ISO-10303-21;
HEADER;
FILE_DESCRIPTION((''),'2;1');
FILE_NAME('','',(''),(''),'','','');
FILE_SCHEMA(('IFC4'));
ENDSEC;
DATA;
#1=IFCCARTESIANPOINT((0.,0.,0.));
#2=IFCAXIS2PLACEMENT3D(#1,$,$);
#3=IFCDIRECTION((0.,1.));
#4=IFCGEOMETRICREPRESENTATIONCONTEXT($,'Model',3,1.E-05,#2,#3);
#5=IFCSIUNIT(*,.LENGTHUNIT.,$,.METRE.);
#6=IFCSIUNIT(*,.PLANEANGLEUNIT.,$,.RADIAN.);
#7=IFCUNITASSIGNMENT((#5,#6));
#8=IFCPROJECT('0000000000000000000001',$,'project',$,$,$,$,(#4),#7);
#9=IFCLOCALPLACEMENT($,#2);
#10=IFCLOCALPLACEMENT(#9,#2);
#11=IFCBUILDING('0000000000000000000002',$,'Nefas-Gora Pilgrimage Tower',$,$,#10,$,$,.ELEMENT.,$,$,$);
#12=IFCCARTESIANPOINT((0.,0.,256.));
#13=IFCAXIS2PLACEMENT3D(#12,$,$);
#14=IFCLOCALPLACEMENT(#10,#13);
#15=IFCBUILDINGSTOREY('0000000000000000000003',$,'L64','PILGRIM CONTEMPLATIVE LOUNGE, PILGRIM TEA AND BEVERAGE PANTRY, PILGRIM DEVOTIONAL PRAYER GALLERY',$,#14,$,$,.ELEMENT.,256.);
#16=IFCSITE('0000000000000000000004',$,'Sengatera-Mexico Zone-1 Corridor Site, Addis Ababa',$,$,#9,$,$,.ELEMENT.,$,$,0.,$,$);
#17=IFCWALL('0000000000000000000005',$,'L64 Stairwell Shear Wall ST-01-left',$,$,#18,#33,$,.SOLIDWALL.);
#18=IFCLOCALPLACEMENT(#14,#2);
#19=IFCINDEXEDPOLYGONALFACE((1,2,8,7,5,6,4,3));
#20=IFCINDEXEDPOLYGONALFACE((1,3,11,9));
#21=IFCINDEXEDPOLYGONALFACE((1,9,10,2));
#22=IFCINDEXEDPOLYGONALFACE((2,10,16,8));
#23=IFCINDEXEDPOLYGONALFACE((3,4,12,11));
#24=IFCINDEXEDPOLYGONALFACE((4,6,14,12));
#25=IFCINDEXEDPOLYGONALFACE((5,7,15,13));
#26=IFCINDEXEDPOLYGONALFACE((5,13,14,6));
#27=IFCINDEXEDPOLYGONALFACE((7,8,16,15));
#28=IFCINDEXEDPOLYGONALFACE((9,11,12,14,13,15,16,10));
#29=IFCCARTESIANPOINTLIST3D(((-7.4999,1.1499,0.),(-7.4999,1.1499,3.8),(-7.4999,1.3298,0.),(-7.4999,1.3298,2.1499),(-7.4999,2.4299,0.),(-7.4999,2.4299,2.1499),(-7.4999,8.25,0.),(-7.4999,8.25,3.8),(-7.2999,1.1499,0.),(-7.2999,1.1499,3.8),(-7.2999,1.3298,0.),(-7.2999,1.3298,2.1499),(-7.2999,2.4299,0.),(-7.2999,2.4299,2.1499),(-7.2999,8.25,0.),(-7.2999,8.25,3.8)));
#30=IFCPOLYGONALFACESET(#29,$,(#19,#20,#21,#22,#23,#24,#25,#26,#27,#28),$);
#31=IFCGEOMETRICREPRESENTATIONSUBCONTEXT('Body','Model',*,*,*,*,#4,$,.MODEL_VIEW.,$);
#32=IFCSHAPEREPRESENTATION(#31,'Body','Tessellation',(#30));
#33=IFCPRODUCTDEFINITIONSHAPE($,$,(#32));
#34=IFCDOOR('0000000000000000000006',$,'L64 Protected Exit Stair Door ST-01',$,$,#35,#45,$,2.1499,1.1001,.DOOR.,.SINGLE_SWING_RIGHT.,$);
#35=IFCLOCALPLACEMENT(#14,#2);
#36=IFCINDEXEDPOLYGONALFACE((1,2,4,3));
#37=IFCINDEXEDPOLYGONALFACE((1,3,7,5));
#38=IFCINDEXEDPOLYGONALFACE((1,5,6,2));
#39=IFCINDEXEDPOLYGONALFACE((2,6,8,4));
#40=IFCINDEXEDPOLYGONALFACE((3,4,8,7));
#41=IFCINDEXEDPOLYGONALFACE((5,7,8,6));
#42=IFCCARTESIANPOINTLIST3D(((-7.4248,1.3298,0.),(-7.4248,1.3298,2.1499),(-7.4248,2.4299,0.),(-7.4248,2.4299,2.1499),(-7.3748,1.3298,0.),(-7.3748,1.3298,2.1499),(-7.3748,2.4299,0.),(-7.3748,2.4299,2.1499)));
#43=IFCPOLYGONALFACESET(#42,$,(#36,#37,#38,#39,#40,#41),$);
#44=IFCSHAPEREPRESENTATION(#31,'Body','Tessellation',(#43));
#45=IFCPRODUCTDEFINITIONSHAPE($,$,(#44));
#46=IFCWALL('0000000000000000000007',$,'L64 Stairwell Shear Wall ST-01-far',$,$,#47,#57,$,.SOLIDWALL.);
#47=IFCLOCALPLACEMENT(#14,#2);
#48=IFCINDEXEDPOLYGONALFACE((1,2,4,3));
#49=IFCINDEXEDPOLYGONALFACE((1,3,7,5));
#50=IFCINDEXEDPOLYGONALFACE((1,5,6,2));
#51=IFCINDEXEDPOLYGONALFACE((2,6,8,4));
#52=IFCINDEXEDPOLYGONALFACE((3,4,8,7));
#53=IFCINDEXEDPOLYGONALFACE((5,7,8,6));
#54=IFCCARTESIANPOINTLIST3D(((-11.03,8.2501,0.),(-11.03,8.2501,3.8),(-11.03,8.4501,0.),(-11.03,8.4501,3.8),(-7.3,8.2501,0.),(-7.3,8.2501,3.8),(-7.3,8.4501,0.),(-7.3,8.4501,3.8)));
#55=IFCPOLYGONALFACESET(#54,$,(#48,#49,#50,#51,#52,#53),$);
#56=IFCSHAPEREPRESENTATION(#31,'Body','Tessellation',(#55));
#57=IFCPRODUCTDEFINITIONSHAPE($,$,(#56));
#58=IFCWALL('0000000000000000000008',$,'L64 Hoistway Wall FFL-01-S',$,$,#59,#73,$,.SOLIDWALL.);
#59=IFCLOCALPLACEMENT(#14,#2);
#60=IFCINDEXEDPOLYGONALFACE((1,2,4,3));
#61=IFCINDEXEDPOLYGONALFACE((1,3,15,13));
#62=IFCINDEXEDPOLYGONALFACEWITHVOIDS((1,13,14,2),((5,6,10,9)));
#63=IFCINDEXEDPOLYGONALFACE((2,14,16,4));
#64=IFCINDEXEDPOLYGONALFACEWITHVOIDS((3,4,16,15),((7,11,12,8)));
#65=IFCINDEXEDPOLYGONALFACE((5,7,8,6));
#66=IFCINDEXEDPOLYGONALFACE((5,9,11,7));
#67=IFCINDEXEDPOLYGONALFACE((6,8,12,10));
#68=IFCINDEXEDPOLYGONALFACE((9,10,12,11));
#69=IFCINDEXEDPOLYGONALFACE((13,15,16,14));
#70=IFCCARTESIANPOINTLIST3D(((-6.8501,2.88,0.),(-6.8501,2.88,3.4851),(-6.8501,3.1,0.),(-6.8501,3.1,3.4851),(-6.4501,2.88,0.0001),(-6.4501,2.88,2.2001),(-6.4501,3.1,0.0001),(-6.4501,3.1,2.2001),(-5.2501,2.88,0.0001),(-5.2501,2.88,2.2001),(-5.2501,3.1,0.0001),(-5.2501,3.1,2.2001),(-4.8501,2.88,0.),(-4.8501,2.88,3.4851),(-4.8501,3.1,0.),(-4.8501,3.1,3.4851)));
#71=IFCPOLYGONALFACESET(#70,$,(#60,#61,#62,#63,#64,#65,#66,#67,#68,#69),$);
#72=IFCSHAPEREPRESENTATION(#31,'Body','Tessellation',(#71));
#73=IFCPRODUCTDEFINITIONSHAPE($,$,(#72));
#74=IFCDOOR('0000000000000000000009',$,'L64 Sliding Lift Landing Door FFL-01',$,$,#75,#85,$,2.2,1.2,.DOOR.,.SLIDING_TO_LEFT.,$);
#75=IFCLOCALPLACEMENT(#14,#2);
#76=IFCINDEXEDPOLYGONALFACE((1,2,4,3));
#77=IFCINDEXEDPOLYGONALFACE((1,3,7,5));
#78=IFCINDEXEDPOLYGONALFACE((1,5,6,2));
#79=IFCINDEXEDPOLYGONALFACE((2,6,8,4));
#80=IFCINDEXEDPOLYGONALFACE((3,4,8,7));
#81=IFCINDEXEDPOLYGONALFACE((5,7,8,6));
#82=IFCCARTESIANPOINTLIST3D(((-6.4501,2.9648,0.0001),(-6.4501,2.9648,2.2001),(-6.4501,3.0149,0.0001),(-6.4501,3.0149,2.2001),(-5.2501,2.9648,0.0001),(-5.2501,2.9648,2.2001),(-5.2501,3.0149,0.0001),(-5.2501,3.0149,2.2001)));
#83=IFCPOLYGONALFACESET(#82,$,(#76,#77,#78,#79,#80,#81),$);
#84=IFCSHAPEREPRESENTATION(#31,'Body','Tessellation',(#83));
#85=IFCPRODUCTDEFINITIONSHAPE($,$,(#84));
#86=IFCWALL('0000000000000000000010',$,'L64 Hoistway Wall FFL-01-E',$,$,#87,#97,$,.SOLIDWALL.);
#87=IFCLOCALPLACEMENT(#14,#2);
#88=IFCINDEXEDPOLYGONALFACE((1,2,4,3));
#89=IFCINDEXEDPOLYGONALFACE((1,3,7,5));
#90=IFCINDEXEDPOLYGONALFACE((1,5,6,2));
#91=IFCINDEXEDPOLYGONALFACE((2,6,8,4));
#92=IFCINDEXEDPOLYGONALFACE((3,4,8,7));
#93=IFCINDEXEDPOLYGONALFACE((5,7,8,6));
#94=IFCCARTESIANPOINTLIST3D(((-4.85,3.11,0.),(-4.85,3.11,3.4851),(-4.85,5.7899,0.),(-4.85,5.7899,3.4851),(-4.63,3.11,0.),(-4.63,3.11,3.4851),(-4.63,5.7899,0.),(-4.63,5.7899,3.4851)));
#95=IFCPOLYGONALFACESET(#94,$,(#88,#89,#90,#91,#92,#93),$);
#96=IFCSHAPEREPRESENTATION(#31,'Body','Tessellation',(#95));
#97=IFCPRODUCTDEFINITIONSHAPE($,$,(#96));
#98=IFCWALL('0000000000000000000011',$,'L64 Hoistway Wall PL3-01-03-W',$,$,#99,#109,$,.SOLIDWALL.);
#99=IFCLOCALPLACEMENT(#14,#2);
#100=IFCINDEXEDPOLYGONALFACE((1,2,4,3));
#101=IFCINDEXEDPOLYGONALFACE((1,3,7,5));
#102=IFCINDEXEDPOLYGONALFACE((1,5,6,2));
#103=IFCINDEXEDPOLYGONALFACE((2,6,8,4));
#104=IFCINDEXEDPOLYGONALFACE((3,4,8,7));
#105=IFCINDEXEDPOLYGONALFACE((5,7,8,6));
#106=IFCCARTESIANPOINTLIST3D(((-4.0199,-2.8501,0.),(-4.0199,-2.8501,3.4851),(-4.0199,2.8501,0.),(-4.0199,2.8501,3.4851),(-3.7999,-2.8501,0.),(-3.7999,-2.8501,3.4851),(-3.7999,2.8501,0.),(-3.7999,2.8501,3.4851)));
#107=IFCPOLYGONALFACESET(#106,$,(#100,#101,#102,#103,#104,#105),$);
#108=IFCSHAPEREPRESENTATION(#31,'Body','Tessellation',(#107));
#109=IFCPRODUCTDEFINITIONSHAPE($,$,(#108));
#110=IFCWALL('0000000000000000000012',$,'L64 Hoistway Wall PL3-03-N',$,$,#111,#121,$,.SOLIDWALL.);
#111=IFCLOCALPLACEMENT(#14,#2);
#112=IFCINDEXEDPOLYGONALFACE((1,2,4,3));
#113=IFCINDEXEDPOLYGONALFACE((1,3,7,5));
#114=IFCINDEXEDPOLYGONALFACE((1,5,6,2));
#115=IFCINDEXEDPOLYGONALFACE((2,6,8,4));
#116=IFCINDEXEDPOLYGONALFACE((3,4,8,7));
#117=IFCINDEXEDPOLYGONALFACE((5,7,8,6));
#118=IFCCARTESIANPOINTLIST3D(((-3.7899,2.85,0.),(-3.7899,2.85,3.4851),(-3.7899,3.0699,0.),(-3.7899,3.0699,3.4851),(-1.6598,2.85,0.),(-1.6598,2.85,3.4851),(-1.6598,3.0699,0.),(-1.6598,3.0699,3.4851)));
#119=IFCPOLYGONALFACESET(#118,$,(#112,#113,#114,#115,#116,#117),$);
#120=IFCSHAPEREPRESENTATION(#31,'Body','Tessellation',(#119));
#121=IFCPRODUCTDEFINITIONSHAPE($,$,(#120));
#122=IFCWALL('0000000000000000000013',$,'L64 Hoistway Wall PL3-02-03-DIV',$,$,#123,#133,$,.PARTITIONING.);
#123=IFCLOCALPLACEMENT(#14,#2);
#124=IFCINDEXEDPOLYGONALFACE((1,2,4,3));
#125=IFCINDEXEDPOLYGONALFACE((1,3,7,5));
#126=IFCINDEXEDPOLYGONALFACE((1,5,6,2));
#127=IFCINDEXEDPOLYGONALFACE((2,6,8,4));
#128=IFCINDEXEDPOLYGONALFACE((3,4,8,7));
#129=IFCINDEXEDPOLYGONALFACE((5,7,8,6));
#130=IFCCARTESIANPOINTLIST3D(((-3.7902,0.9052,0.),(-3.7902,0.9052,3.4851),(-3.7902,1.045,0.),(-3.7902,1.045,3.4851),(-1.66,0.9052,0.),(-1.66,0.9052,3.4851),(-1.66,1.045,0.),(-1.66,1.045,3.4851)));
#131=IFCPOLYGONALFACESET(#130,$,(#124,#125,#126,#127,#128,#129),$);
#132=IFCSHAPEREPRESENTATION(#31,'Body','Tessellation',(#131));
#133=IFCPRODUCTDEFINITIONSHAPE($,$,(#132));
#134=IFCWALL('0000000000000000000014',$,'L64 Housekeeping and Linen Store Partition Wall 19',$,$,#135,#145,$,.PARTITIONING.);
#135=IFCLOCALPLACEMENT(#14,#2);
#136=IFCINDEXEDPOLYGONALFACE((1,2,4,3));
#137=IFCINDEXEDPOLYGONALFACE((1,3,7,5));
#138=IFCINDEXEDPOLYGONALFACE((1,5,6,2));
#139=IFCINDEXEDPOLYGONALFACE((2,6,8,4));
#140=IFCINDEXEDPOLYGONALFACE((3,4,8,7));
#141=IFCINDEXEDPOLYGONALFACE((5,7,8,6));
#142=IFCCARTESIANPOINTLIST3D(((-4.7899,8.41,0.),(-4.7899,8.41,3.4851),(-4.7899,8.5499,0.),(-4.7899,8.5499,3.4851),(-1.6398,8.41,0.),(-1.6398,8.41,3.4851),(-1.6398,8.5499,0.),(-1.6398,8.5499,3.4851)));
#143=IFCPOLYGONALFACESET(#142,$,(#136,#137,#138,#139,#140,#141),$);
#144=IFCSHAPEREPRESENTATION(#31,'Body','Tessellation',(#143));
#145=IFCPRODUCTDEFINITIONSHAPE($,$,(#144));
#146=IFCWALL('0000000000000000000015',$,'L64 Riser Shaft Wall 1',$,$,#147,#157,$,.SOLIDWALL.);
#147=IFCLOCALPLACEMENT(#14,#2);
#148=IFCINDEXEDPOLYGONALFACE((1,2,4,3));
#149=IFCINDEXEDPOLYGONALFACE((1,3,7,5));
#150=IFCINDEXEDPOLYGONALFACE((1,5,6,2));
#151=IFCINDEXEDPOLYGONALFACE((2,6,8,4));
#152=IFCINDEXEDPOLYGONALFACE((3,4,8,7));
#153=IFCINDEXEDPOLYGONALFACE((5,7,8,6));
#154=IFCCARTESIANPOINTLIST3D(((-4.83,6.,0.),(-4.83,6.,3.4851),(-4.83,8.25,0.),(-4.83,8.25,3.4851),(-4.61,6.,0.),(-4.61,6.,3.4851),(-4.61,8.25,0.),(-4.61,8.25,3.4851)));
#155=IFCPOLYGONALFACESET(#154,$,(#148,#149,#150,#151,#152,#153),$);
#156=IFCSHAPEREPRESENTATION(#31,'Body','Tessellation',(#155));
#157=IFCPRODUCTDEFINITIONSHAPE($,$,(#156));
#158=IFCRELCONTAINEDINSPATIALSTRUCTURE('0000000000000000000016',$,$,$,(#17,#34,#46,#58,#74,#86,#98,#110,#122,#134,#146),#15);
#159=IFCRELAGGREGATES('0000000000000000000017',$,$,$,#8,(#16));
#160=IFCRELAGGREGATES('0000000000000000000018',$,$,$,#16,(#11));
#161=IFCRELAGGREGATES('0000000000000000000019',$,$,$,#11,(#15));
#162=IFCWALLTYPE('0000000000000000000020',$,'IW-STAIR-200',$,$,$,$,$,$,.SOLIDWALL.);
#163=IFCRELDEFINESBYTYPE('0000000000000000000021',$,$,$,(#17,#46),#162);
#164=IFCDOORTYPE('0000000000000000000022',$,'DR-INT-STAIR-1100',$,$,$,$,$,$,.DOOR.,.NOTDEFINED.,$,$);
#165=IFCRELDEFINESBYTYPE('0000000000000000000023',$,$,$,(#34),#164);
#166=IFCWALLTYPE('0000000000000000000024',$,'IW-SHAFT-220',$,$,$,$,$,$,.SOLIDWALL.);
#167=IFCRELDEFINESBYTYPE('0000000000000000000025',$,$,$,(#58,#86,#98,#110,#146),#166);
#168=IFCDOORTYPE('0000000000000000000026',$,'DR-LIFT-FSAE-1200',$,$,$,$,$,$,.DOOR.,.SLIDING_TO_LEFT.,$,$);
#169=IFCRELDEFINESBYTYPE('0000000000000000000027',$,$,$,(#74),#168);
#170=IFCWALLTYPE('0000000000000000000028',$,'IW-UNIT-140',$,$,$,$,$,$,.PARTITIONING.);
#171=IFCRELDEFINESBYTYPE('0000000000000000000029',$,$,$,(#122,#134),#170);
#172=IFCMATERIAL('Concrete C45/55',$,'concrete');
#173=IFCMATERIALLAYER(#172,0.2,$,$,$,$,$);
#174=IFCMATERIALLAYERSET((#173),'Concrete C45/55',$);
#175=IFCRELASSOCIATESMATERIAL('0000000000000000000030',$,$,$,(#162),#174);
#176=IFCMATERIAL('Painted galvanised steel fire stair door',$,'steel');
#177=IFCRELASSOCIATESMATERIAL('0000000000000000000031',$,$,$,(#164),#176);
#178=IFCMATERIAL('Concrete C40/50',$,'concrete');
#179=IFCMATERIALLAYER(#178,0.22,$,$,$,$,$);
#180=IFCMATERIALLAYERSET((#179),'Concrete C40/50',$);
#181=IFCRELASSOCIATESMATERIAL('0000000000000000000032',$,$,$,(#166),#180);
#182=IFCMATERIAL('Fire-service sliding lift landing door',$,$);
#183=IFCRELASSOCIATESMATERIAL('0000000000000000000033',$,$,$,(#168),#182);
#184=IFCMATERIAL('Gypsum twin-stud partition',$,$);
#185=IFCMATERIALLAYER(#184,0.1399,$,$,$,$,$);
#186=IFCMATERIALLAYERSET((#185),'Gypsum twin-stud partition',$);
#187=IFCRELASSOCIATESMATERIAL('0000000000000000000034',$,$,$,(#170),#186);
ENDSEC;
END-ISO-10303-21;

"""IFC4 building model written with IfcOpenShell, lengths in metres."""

from ifc_helpers import new_model, si_unit, direction, frame, frame_2d, origin, place, context, subcontext, project, spatial, rectangle, extrude, source, transform, mapped, material, layer, layer_set, type_object, element, fill, save


model = new_model("IFC4")

# Units and contexts
model_context = context("Model", 3, precision=1e-05, world=origin(), true_north=direction((0.0, 1.0)))
body_context = subcontext(model_context, "Body", "Model", "MODEL_VIEW")
ifc_project = project(units=[si_unit("LENGTHUNIT", "METRE"), si_unit("PLANEANGLEUNIT", "RADIAN")], contexts=[model_context])

# Site, building, storey
site_placement = place(None, origin())
site = spatial("IfcSite", under=ifc_project, at=site_placement, Name="Sengatera-Mexico Zone-1 Corridor Site, Addis Ababa", CompositionType="ELEMENT", RefElevation=0.0)
building_placement = place(site_placement, origin())
building = spatial("IfcBuilding", under=site, at=building_placement, Name="Nefas-Gora Pilgrimage Tower", CompositionType="ELEMENT")
storey_placement = place(building_placement, frame((0.0, 0.0, 256.0)))
storey = spatial("IfcBuildingStorey", under=building, at=storey_placement, Name="L64", Description="PILGRIM CONTEMPLATIVE LOUNGE, PILGRIM TEA AND BEVERAGE PANTRY, PILGRIM DEVOTIONAL PRAYER GALLERY", CompositionType="ELEMENT", Elevation=256.0)

# Shared definitions
ifc_material_1 = material(Name="Concrete C40/50", Category="concrete")

# Shared definitions
ifc_material_2 = material(Name="Concrete C45/55", Category="concrete")
ifc_layer_1 = layer(ifc_material_2, 0.2)
ifc_layer_set_1 = layer_set([ifc_layer_1], Name="Concrete C45/55")
wall_type_1 = type_object("IfcWallType", Name="IW-STAIR-200", PredefinedType="SOLIDWALL", material=ifc_layer_set_1)

# Wall, opening, door
shared_shape_1 = source(origin(), body_context, "Body", "SweptSolid", [
    extrude(rectangle(XDim=7.1001, YDim=0.2, at=frame_2d((3.55, 0.0))), origin(), (0.0, 0.0, 1.0), 3.8),
])
wall_1_placement = place(storey_placement, frame((-7.3999, 1.1499, 0.0), z_axis=(0.0, 0.0, 1.0), x_axis=(0.0, 1.0, 0.0)))
wall_1 = element("IfcWall", 1, at=wall_1_placement, inside=storey, type_object=wall_type_1, Name="L64 Stairwell Shear Wall ST-01-left", PredefinedType="SOLIDWALL", context=body_context, shape_type="MappedRepresentation", body=[
    mapped(shared_shape_1, transform((0.0, 0.0, 0.0), x_axis=(1.0, 0.0, 0.0), y_axis=(0.0, 1.0, 0.0), z_axis=(0.0, 0.0, 1.0), scale=1.0)),
])
opening_1_placement = place(wall_1_placement, frame((0.1799, 0.0, 0.0)))
opening_1 = element("IfcOpeningElement", 2, at=opening_1_placement, cuts=wall_1, PredefinedType="OPENING", context=body_context, shape_type="SweptSolid", body=[
    extrude(rectangle(XDim=1.1001, YDim=2.1499, at=frame_2d((0.55, 1.075))), frame((0.0, 0.1099, 0.0), z_axis=(0.0, -1.0, 0.0), x_axis=(1.0, 0.0, 0.0)), (0.0, 0.0, 1.0), 0.22),
])
ifc_material_3 = material(Name="Painted galvanised steel fire stair door", Category="steel")
door_type_1 = type_object("IfcDoorType", Name="DR-INT-STAIR-1100", OperationType="NOTDEFINED", PredefinedType="DOOR", material=ifc_material_3)
shared_shape_2 = source(origin(), body_context, "Body", "SweptSolid", [
    extrude(rectangle(XDim=1.1001, YDim=2.1499, at=frame_2d((0.55, 1.075))), frame((0.0, 0.0249, 0.0), z_axis=(0.0, -1.0, 0.0), x_axis=(1.0, 0.0, 0.0)), (0.0, 0.0, 1.0), 0.05),
])
door_1_placement = place(opening_1_placement, origin())
door_1 = element("IfcDoor", 3, at=door_1_placement, inside=storey, type_object=door_type_1, Name="L64 Protected Exit Stair Door ST-01", OperationType="SINGLE_SWING_RIGHT", OverallHeight=2.1499, OverallWidth=1.1001, PredefinedType="DOOR", context=body_context, shape_type="MappedRepresentation", body=[
    mapped(shared_shape_2, transform((0.0, 0.0, 0.0), x_axis=(1.0, 0.0, 0.0), y_axis=(0.0, 1.0, 0.0), z_axis=(0.0, 0.0, 1.0), scale=1.0)),
])
fill(opening_1, door_1)

# Wall
shared_shape_3 = source(origin(), body_context, "Body", "SweptSolid", [
    extrude(rectangle(XDim=3.73, YDim=0.2, at=frame_2d((1.865, 0.0))), origin(), (0.0, 0.0, 1.0), 3.8),
])
wall_2_placement = place(storey_placement, frame((-7.3, 8.3501, 0.0), z_axis=(0.0, 0.0, 1.0), x_axis=(-1.0, 0.0, 0.0)))
element("IfcWall", 4, at=wall_2_placement, inside=storey, type_object=wall_type_1, Name="L64 Stairwell Shear Wall ST-01-far", PredefinedType="SOLIDWALL", context=body_context, shape_type="MappedRepresentation", body=[
    mapped(shared_shape_3, transform((0.0, 0.0, 0.0), x_axis=(1.0, 0.0, 0.0), y_axis=(0.0, 1.0, 0.0), z_axis=(0.0, 0.0, 1.0), scale=1.0)),
])

# Wall, opening, door
ifc_layer_2 = layer(ifc_material_1, 0.22)
ifc_layer_set_2 = layer_set([ifc_layer_2], Name="Concrete C40/50")
wall_type_2 = type_object("IfcWallType", Name="IW-SHAFT-220", PredefinedType="SOLIDWALL", material=ifc_layer_set_2)
shared_shape_4 = source(origin(), body_context, "Body", "SweptSolid", [
    extrude(rectangle(XDim=2.0, YDim=0.22, at=frame_2d((1.0, 0.0))), origin(), (0.0, 0.0, 1.0), 3.4851),
])
wall_3_placement = place(storey_placement, frame((-6.8501, 2.99, 0.0), z_axis=(0.0, 0.0, 1.0), x_axis=(1.0, 0.0, 0.0)))
wall_3 = element("IfcWall", 5, at=wall_3_placement, inside=storey, type_object=wall_type_2, Name="L64 Hoistway Wall FFL-01-S", PredefinedType="SOLIDWALL", context=body_context, shape_type="MappedRepresentation", body=[
    mapped(shared_shape_4, transform((0.0, 0.0, 0.0), x_axis=(1.0, 0.0, 0.0), y_axis=(0.0, 1.0, 0.0), z_axis=(0.0, 0.0, 1.0), scale=1.0)),
])
opening_2_placement = place(wall_3_placement, frame((0.3999, 0.0, 0.0)))
opening_2 = element("IfcOpeningElement", 6, at=opening_2_placement, cuts=wall_3, PredefinedType="OPENING", context=body_context, shape_type="SweptSolid", body=[
    extrude(rectangle(XDim=1.2, YDim=2.2, at=frame_2d((0.6001, 1.1001))), frame((0.0, 0.1199, 0.0), z_axis=(0.0, -1.0, 0.0), x_axis=(1.0, 0.0, 0.0)), (0.0, 0.0, 1.0), 0.24),
])
ifc_material_4 = material(Name="Fire-service sliding lift landing door")
door_type_2 = type_object("IfcDoorType", Name="DR-LIFT-FSAE-1200", OperationType="SLIDING_TO_LEFT", PredefinedType="DOOR", material=ifc_material_4)
shared_shape_5 = source(origin(), body_context, "Body", "SweptSolid", [
    extrude(rectangle(XDim=1.2, YDim=2.2, at=frame_2d((0.6001, 1.1001))), frame((0.0, 0.0249, 0.0), z_axis=(0.0, -1.0, 0.0), x_axis=(1.0, 0.0, 0.0)), (0.0, 0.0, 1.0), 0.05),
])
door_2_placement = place(opening_2_placement, origin())
door_2 = element("IfcDoor", 7, at=door_2_placement, inside=storey, type_object=door_type_2, Name="L64 Sliding Lift Landing Door FFL-01", OperationType="SLIDING_TO_LEFT", OverallHeight=2.2, OverallWidth=1.2, PredefinedType="DOOR", context=body_context, shape_type="MappedRepresentation", body=[
    mapped(shared_shape_5, transform((0.0, 0.0, 0.0), x_axis=(1.0, 0.0, 0.0), y_axis=(0.0, 1.0, 0.0), z_axis=(0.0, 0.0, 1.0), scale=1.0)),
])
fill(opening_2, door_2)

# Walls
shared_shape_6 = source(origin(), body_context, "Body", "SweptSolid", [
    extrude(rectangle(XDim=2.6799, YDim=0.22, at=frame_2d((1.3398, 0.0))), origin(), (0.0, 0.0, 1.0), 3.4851),
])
wall_4_placement = place(storey_placement, frame((-4.74, 3.1101, 0.0), z_axis=(0.0, 0.0, 1.0), x_axis=(0.0, 1.0, 0.0)))
element("IfcWall", 8, at=wall_4_placement, inside=storey, type_object=wall_type_2, Name="L64 Hoistway Wall FFL-01-E", PredefinedType="SOLIDWALL", context=body_context, shape_type="MappedRepresentation", body=[
    mapped(shared_shape_6, transform((0.0, 0.0, 0.0), x_axis=(1.0, 0.0, 0.0), y_axis=(0.0, 1.0, 0.0), z_axis=(0.0, 0.0, 1.0), scale=1.0)),
])
shared_shape_7 = source(origin(), body_context, "Body", "SweptSolid", [
    extrude(rectangle(XDim=5.7002, YDim=0.22, at=frame_2d((2.8501, 0.0))), origin(), (0.0, 0.0, 1.0), 3.4851),
])
wall_5_placement = place(storey_placement, frame((-3.9099, 2.8501, 0.0), z_axis=(0.0, 0.0, 1.0), x_axis=(0.0, -1.0, 0.0)))
element("IfcWall", 9, at=wall_5_placement, inside=storey, type_object=wall_type_2, Name="L64 Hoistway Wall PL3-01-03-W", PredefinedType="SOLIDWALL", context=body_context, shape_type="MappedRepresentation", body=[
    mapped(shared_shape_7, transform((0.0, 0.0, 0.0), x_axis=(1.0, 0.0, 0.0), y_axis=(0.0, 1.0, 0.0), z_axis=(0.0, 0.0, 1.0), scale=1.0)),
])
shared_shape_8 = source(origin(), body_context, "Body", "SweptSolid", [
    extrude(rectangle(XDim=2.1301, YDim=0.22, at=frame_2d((1.0649, 0.0))), origin(), (0.0, 0.0, 1.0), 3.4851),
])
wall_6_placement = place(storey_placement, frame((-1.6599, 2.96, 0.0), z_axis=(0.0, 0.0, 1.0), x_axis=(-1.0, 0.0, 0.0)))
element("IfcWall", 10, at=wall_6_placement, inside=storey, type_object=wall_type_2, Name="L64 Hoistway Wall PL3-03-N", PredefinedType="SOLIDWALL", context=body_context, shape_type="MappedRepresentation", body=[
    mapped(shared_shape_8, transform((0.0, 0.0, 0.0), x_axis=(1.0, 0.0, 0.0), y_axis=(0.0, 1.0, 0.0), z_axis=(0.0, 0.0, 1.0), scale=1.0)),
])
ifc_material_5 = material(Name="Gypsum twin-stud partition")
ifc_layer_3 = layer(ifc_material_5, 0.1399)
ifc_layer_set_3 = layer_set([ifc_layer_3], Name="Gypsum twin-stud partition")
wall_type_3 = type_object("IfcWallType", Name="IW-UNIT-140", PredefinedType="PARTITIONING", material=ifc_layer_set_3)
shared_shape_9 = source(origin(), body_context, "Body", "SweptSolid", [
    extrude(rectangle(XDim=2.1301, YDim=0.1399, at=frame_2d((1.0649, 0.0))), origin(), (0.0, 0.0, 1.0), 3.4851),
])
wall_7_placement = place(storey_placement, frame((-3.79, 0.9751, 0.0), z_axis=(0.0, 0.0, 1.0), x_axis=(1.0, 0.0, 0.0)))
element("IfcWall", 11, at=wall_7_placement, inside=storey, type_object=wall_type_3, Name="L64 Hoistway Wall PL3-02-03-DIV", PredefinedType="PARTITIONING", context=body_context, shape_type="MappedRepresentation", body=[
    mapped(shared_shape_9, transform((0.0, 0.0, 0.0), x_axis=(1.0, 0.0, 0.0), y_axis=(0.0, 1.0, 0.0), z_axis=(0.0, 0.0, 1.0), scale=1.0)),
])
shared_shape_10 = source(origin(), body_context, "Body", "SweptSolid", [
    extrude(rectangle(XDim=3.1501, YDim=0.1399, at=frame_2d((1.5752, 0.0))), origin(), (0.0, 0.0, 1.0), 3.4851),
])
wall_8_placement = place(storey_placement, frame((-4.79, 8.48, 0.0), z_axis=(0.0, 0.0, 1.0), x_axis=(1.0, 0.0, 0.0)))
element("IfcWall", 12, at=wall_8_placement, inside=storey, type_object=wall_type_3, Name="L64 Housekeeping and Linen Store Partition Wall 19", PredefinedType="PARTITIONING", context=body_context, shape_type="MappedRepresentation", body=[
    mapped(shared_shape_10, transform((0.0, 0.0, 0.0), x_axis=(1.0, 0.0, 0.0), y_axis=(0.0, 1.0, 0.0), z_axis=(0.0, 0.0, 1.0), scale=1.0)),
])
shared_shape_11 = source(origin(), body_context, "Body", "SweptSolid", [
    extrude(rectangle(XDim=2.25, YDim=0.22, at=frame_2d((1.125, 0.0))), origin(), (0.0, 0.0, 1.0), 3.4851),
])
wall_9_placement = place(storey_placement, frame((-4.72, 6.0, 0.0), z_axis=(0.0, 0.0, 1.0), x_axis=(0.0, 1.0, 0.0)))
element("IfcWall", 13, at=wall_9_placement, inside=storey, type_object=wall_type_2, Name="L64 Riser Shaft Wall 1", PredefinedType="SOLIDWALL", context=body_context, shape_type="MappedRepresentation", body=[
    mapped(shared_shape_11, transform((0.0, 0.0, 0.0), x_axis=(1.0, 0.0, 0.0), y_axis=(0.0, 1.0, 0.0), z_axis=(0.0, 0.0, 1.0), scale=1.0)),
])

save(model, "model.ifc")
